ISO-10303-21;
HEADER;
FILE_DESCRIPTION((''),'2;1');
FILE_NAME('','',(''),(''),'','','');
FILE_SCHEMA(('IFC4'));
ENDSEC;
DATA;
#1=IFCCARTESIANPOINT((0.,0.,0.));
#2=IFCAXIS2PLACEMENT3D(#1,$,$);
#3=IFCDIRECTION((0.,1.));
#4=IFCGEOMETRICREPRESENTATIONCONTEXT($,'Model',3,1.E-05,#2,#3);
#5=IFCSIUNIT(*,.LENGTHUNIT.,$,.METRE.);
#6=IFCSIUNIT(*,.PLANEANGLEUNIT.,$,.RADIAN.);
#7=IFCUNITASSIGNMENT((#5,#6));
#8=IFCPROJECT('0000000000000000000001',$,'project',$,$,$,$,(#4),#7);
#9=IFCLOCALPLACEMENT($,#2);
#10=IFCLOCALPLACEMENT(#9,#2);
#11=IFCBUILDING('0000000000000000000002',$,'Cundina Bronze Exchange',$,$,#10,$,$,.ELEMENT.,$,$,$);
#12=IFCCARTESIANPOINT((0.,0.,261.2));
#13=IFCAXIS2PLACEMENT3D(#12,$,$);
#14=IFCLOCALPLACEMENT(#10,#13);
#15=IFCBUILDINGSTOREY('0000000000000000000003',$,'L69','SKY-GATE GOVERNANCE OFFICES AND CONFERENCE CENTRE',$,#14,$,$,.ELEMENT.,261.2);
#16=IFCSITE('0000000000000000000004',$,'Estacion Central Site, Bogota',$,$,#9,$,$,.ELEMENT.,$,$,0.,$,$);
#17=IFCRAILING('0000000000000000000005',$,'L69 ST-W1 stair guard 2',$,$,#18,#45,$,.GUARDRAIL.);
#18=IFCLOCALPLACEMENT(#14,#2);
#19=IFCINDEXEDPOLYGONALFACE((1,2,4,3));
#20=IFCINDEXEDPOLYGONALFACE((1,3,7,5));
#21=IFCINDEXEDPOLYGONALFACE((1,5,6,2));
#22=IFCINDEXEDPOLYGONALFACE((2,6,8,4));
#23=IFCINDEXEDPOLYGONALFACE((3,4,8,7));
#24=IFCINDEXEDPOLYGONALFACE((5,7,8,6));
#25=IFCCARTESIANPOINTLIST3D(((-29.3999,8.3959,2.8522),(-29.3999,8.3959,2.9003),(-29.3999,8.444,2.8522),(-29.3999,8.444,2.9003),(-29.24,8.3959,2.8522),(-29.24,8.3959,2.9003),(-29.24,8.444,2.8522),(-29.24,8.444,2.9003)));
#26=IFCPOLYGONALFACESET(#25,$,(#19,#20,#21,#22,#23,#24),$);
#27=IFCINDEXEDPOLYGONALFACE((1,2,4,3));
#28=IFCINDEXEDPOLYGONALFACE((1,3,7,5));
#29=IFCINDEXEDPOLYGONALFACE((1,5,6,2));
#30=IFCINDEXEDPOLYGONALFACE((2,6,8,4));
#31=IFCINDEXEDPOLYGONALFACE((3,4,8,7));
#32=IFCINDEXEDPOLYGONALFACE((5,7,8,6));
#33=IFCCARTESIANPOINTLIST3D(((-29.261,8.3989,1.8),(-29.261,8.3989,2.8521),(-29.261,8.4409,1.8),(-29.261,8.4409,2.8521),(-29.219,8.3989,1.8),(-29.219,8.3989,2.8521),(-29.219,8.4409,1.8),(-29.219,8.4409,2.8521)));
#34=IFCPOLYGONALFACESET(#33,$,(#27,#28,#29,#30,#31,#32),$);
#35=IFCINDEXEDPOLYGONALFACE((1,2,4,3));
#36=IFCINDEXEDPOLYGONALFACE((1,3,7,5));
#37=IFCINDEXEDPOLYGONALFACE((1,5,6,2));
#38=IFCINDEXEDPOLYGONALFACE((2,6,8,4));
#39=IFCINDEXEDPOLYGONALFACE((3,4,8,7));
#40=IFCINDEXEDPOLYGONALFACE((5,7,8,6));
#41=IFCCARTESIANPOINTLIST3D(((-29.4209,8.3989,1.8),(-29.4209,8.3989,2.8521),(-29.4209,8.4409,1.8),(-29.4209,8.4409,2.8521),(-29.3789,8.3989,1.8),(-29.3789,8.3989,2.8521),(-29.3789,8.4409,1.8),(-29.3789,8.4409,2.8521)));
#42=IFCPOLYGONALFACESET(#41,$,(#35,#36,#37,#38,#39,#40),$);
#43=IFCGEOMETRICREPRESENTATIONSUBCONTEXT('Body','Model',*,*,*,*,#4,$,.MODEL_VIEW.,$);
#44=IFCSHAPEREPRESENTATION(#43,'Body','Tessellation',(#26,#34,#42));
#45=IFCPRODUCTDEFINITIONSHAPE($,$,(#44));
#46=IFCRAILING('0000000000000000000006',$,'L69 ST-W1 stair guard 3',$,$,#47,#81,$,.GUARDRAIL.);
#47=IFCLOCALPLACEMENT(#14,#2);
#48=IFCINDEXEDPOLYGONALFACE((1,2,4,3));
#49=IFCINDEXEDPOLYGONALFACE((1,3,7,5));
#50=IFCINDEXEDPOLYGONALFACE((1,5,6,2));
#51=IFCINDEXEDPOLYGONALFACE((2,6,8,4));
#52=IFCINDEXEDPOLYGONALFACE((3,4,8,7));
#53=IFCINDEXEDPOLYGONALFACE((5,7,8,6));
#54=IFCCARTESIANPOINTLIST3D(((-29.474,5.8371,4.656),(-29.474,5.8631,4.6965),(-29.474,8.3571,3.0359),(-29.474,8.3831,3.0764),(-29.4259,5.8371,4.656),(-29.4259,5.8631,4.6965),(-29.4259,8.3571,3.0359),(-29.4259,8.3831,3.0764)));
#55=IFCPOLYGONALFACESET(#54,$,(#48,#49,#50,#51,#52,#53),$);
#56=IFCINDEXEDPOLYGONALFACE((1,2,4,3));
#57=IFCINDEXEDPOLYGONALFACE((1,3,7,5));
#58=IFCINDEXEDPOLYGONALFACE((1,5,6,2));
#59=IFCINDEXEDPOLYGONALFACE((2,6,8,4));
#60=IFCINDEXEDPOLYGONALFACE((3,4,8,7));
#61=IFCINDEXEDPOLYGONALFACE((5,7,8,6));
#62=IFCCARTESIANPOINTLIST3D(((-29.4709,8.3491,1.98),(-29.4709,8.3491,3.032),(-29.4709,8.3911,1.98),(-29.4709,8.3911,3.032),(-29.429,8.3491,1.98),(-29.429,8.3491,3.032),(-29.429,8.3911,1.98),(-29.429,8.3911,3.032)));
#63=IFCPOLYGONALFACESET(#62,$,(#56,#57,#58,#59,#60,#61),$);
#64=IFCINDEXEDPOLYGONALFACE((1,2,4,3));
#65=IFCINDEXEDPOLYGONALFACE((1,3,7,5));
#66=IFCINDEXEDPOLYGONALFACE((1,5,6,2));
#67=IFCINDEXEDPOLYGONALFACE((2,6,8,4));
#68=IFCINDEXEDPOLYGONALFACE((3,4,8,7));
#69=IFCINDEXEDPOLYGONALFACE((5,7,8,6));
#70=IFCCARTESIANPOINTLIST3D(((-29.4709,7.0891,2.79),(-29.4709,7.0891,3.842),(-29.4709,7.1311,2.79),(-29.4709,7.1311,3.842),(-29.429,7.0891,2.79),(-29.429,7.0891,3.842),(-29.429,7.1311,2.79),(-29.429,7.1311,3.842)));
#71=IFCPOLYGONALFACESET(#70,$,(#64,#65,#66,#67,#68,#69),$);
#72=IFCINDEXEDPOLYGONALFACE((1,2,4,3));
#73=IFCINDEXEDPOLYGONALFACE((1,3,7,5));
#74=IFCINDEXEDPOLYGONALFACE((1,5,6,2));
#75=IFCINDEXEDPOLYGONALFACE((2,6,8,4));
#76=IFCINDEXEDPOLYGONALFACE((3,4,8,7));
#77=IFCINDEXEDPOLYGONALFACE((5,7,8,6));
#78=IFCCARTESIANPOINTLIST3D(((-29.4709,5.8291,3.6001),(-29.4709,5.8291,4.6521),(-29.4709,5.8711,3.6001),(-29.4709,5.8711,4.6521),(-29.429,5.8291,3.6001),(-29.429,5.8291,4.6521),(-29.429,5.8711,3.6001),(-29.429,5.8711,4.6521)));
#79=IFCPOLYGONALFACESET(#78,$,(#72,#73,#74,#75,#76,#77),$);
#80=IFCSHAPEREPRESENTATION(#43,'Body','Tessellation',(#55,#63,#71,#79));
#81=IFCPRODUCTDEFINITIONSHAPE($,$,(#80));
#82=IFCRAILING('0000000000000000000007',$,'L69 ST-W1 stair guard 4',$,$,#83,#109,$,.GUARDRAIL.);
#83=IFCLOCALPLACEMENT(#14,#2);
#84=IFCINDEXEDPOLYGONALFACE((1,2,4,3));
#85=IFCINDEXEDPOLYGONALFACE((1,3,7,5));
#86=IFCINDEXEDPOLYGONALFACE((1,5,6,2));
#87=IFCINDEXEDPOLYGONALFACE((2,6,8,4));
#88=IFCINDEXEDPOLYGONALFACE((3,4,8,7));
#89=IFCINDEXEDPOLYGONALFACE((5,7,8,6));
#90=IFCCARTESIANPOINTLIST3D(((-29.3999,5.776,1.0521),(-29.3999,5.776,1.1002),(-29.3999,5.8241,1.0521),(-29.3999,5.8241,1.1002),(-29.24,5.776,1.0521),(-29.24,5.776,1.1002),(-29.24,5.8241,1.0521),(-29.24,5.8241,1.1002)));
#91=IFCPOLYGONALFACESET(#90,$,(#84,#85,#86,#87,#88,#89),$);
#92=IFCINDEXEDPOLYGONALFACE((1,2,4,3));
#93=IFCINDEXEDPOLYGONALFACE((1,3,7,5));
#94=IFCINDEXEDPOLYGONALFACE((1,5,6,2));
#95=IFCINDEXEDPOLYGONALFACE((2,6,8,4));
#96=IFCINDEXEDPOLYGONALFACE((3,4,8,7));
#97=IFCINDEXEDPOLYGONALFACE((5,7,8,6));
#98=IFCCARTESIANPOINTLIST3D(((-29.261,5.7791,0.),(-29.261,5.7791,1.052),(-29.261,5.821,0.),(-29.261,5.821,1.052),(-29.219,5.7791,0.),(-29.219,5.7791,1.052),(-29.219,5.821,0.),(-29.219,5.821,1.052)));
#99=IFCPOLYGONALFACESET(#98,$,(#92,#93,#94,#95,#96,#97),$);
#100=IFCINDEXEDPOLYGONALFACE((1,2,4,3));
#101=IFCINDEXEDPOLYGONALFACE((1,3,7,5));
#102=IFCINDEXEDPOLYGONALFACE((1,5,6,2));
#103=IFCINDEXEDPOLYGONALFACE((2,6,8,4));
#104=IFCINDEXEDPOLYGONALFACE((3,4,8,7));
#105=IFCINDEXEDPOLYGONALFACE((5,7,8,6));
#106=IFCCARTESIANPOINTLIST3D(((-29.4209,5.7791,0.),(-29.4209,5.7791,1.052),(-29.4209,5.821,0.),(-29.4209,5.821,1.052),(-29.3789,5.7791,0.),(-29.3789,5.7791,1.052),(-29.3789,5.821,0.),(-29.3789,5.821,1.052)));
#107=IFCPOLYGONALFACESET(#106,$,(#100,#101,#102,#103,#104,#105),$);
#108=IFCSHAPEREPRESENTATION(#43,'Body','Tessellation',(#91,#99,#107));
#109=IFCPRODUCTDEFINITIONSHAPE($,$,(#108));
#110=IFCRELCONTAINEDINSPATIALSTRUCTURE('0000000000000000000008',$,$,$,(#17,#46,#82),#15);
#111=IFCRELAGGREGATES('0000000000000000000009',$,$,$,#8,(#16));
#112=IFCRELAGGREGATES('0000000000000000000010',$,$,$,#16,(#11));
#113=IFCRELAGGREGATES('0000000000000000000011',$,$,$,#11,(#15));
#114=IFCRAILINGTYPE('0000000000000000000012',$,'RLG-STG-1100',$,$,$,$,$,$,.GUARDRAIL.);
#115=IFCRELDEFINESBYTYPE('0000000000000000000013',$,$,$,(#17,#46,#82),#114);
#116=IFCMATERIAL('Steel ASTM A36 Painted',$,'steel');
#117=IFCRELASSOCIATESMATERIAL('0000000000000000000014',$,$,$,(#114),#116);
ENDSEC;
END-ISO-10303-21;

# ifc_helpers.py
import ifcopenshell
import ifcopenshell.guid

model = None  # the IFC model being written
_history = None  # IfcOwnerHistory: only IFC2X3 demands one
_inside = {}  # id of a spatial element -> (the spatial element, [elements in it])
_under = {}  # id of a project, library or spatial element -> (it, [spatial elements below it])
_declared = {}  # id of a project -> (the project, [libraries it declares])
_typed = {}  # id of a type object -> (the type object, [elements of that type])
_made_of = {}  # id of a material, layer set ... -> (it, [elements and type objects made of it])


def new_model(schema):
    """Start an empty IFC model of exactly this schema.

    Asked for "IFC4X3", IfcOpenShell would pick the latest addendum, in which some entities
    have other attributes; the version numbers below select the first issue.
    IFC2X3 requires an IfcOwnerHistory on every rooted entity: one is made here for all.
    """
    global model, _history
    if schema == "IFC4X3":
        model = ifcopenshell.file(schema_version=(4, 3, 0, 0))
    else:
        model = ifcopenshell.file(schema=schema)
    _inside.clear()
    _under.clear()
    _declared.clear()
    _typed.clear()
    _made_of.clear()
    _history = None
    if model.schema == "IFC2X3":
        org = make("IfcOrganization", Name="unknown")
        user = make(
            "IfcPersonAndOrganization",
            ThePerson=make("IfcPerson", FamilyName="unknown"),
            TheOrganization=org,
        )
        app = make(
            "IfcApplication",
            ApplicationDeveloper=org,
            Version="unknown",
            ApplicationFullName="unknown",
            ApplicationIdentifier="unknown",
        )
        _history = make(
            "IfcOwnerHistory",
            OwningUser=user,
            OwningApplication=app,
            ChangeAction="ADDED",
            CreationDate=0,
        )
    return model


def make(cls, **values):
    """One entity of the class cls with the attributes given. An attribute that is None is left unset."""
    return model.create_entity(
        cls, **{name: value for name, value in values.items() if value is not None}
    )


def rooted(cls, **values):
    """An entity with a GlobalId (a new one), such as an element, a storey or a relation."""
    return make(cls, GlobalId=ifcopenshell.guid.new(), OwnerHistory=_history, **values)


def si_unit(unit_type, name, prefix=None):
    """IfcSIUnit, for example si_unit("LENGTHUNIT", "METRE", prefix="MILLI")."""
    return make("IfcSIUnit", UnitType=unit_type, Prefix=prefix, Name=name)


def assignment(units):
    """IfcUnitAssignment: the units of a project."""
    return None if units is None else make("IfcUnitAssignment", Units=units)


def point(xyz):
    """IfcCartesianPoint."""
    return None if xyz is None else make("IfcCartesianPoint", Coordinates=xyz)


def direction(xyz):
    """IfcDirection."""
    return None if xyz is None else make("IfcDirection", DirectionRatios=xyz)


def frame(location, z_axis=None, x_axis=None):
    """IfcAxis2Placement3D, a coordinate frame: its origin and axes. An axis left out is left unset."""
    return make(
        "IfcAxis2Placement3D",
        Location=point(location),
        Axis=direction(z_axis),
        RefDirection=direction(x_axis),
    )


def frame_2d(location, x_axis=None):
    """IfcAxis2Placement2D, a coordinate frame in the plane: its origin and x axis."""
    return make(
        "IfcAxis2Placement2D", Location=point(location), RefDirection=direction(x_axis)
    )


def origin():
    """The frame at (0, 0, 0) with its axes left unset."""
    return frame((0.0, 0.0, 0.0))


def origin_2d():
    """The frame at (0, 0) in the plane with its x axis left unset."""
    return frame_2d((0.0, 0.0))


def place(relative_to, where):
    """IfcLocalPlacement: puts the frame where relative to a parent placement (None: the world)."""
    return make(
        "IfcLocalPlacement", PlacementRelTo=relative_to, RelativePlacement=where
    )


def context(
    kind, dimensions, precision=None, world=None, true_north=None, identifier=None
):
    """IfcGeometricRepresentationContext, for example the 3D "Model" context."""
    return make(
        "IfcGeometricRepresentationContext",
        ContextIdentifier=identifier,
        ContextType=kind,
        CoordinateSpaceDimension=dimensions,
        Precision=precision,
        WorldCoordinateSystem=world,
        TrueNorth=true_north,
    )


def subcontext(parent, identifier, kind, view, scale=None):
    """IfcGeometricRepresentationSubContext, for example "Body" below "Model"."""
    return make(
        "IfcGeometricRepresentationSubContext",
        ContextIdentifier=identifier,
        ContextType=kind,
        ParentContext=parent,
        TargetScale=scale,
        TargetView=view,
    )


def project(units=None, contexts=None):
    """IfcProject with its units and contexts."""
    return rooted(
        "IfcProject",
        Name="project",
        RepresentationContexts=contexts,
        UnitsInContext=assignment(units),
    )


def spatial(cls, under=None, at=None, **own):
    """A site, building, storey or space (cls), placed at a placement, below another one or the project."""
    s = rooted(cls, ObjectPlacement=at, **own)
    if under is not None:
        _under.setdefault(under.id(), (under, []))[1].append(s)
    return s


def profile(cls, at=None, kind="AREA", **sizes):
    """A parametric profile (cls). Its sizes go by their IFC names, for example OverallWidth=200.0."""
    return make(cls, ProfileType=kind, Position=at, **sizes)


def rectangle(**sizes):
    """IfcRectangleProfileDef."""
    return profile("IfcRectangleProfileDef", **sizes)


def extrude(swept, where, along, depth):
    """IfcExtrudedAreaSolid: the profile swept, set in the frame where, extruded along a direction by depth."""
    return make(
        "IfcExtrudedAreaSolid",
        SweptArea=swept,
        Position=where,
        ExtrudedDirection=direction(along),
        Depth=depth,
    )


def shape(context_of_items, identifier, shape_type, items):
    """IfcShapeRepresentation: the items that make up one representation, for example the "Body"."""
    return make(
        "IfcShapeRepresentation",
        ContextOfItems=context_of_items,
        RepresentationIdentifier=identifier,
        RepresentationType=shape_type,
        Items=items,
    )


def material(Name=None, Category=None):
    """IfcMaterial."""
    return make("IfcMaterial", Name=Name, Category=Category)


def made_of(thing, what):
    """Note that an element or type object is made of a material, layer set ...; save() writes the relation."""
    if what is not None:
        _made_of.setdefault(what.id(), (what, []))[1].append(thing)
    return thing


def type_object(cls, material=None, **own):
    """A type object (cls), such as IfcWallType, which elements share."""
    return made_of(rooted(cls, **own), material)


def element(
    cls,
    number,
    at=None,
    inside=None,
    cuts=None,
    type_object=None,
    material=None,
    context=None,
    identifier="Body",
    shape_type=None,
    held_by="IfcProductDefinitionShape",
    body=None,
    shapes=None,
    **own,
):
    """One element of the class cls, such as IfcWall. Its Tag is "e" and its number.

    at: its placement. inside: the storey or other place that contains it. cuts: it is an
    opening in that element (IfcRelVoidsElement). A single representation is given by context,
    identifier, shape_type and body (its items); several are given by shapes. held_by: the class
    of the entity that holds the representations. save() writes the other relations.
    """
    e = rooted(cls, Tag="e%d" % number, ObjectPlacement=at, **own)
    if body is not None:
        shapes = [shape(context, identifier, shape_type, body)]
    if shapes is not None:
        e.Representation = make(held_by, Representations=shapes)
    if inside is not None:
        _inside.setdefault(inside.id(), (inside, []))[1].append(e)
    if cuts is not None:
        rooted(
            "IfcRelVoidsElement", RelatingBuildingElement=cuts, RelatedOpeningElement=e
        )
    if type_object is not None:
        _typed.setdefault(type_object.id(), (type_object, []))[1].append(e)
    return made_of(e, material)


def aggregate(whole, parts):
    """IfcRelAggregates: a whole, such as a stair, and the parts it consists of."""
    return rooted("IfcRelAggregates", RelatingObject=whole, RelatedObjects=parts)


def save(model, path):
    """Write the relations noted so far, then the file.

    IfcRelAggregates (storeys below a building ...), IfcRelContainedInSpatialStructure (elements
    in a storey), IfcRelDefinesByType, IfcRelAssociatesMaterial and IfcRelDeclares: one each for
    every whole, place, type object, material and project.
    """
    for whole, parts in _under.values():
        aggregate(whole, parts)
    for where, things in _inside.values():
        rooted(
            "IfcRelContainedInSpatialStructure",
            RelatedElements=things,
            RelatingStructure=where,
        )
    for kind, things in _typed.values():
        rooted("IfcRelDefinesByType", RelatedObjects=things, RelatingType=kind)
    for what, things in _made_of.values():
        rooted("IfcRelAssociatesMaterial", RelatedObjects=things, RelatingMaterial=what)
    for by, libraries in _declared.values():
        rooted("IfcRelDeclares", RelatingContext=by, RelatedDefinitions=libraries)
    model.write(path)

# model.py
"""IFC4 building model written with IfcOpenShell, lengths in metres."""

from ifc_helpers import new_model, si_unit, direction, frame, origin, origin_2d, place, context, subcontext, project, spatial, rectangle, extrude, material, type_object, element, save


model = new_model("IFC4")

# Units and contexts
model_context = context("Model", 3, precision=1e-05, world=origin(), true_north=direction((0.0, 1.0)))
body_context = subcontext(model_context, "Body", "Model", "MODEL_VIEW")
ifc_project = project(units=[si_unit("LENGTHUNIT", "METRE"), si_unit("PLANEANGLEUNIT", "RADIAN")], contexts=[model_context])

# Site, building, storey
site_placement = place(None, origin())
site = spatial("IfcSite", under=ifc_project, at=site_placement, Name="Estacion Central Site, Bogota", CompositionType="ELEMENT", RefElevation=0.0)
building_placement = place(site_placement, origin())
building = spatial("IfcBuilding", under=site, at=building_placement, Name="Cundina Bronze Exchange", CompositionType="ELEMENT")
storey_placement = place(building_placement, frame((0.0, 0.0, 261.2)))
storey = spatial("IfcBuildingStorey", under=building, at=storey_placement, Name="L69", Description="SKY-GATE GOVERNANCE OFFICES AND CONFERENCE CENTRE", CompositionType="ELEMENT", Elevation=261.2)

# Shared definitions
ifc_material_1 = material(Name="Steel ASTM A36 Painted", Category="steel")

# Railings
railing_type_1 = type_object("IfcRailingType", Name="RLG-STG-1100", PredefinedType="GUARDRAIL", material=ifc_material_1)
railing_1_placement = place(storey_placement, frame((-29.24, 8.4199, 1.8)))
element("IfcRailing", 1, at=railing_1_placement, inside=storey, type_object=railing_type_1, Name="L69 ST-W1 stair guard 2", PredefinedType="GUARDRAIL", context=body_context, shape_type="SweptSolid", body=[
    extrude(rectangle(XDim=0.0481, YDim=0.0481, at=origin_2d()), frame((0.0, 0.0, 1.0762), z_axis=(-1.0, 0.0, 0.0), x_axis=(0.0, -1.0, 0.0)), (0.0, 0.0, 1.0), 0.1599),
    extrude(rectangle(XDim=0.042, YDim=0.042, at=origin_2d()), origin(), (0.0, 0.0, 1.0), 1.052),
    extrude(rectangle(XDim=0.042, YDim=0.042, at=origin_2d()), frame((-0.1599, 0.0, 0.0)), (0.0, 0.0, 1.0), 1.052),
])
railing_2_placement = place(storey_placement, frame((-29.45, 8.3701, 1.98)))
element("IfcRailing", 2, at=railing_2_placement, inside=storey, type_object=railing_type_1, Name="L69 ST-W1 stair guard 3", PredefinedType="GUARDRAIL", context=body_context, shape_type="SweptSolid", body=[
    extrude(rectangle(XDim=0.0481, YDim=0.0481, at=origin_2d()), frame((0.0, 0.0, 1.0762), z_axis=(0.0, -0.841163, 0.540782), x_axis=(1.0, 0.0, 0.0)), (0.0, 0.0, 1.0), 2.9958),
    extrude(rectangle(XDim=0.042, YDim=0.042, at=origin_2d()), origin(), (0.0, 0.0, 1.0), 1.052),
    extrude(rectangle(XDim=0.042, YDim=0.042, at=origin_2d()), frame((0.0, -1.26, 0.8101)), (0.0, 0.0, 1.0), 1.052),
    extrude(rectangle(XDim=0.042, YDim=0.042, at=origin_2d()), frame((0.0, -2.52, 1.6201)), (0.0, 0.0, 1.0), 1.052),
])
railing_3_placement = place(storey_placement, frame((-29.24, 5.8, 0.0)))
element("IfcRailing", 3, at=railing_3_placement, inside=storey, type_object=railing_type_1, Name="L69 ST-W1 stair guard 4", PredefinedType="GUARDRAIL", context=body_context, shape_type="SweptSolid", body=[
    extrude(rectangle(XDim=0.0481, YDim=0.0481, at=origin_2d()), frame((0.0, 0.0, 1.0762), z_axis=(-1.0, 0.0, 0.0), x_axis=(0.0, -1.0, 0.0)), (0.0, 0.0, 1.0), 0.1599),
    extrude(rectangle(XDim=0.042, YDim=0.042, at=origin_2d()), origin(), (0.0, 0.0, 1.0), 1.052),
    extrude(rectangle(XDim=0.042, YDim=0.042, at=origin_2d()), frame((-0.1599, 0.0, 0.0)), (0.0, 0.0, 1.0), 1.052),
])

save(model, "model.ifc")
